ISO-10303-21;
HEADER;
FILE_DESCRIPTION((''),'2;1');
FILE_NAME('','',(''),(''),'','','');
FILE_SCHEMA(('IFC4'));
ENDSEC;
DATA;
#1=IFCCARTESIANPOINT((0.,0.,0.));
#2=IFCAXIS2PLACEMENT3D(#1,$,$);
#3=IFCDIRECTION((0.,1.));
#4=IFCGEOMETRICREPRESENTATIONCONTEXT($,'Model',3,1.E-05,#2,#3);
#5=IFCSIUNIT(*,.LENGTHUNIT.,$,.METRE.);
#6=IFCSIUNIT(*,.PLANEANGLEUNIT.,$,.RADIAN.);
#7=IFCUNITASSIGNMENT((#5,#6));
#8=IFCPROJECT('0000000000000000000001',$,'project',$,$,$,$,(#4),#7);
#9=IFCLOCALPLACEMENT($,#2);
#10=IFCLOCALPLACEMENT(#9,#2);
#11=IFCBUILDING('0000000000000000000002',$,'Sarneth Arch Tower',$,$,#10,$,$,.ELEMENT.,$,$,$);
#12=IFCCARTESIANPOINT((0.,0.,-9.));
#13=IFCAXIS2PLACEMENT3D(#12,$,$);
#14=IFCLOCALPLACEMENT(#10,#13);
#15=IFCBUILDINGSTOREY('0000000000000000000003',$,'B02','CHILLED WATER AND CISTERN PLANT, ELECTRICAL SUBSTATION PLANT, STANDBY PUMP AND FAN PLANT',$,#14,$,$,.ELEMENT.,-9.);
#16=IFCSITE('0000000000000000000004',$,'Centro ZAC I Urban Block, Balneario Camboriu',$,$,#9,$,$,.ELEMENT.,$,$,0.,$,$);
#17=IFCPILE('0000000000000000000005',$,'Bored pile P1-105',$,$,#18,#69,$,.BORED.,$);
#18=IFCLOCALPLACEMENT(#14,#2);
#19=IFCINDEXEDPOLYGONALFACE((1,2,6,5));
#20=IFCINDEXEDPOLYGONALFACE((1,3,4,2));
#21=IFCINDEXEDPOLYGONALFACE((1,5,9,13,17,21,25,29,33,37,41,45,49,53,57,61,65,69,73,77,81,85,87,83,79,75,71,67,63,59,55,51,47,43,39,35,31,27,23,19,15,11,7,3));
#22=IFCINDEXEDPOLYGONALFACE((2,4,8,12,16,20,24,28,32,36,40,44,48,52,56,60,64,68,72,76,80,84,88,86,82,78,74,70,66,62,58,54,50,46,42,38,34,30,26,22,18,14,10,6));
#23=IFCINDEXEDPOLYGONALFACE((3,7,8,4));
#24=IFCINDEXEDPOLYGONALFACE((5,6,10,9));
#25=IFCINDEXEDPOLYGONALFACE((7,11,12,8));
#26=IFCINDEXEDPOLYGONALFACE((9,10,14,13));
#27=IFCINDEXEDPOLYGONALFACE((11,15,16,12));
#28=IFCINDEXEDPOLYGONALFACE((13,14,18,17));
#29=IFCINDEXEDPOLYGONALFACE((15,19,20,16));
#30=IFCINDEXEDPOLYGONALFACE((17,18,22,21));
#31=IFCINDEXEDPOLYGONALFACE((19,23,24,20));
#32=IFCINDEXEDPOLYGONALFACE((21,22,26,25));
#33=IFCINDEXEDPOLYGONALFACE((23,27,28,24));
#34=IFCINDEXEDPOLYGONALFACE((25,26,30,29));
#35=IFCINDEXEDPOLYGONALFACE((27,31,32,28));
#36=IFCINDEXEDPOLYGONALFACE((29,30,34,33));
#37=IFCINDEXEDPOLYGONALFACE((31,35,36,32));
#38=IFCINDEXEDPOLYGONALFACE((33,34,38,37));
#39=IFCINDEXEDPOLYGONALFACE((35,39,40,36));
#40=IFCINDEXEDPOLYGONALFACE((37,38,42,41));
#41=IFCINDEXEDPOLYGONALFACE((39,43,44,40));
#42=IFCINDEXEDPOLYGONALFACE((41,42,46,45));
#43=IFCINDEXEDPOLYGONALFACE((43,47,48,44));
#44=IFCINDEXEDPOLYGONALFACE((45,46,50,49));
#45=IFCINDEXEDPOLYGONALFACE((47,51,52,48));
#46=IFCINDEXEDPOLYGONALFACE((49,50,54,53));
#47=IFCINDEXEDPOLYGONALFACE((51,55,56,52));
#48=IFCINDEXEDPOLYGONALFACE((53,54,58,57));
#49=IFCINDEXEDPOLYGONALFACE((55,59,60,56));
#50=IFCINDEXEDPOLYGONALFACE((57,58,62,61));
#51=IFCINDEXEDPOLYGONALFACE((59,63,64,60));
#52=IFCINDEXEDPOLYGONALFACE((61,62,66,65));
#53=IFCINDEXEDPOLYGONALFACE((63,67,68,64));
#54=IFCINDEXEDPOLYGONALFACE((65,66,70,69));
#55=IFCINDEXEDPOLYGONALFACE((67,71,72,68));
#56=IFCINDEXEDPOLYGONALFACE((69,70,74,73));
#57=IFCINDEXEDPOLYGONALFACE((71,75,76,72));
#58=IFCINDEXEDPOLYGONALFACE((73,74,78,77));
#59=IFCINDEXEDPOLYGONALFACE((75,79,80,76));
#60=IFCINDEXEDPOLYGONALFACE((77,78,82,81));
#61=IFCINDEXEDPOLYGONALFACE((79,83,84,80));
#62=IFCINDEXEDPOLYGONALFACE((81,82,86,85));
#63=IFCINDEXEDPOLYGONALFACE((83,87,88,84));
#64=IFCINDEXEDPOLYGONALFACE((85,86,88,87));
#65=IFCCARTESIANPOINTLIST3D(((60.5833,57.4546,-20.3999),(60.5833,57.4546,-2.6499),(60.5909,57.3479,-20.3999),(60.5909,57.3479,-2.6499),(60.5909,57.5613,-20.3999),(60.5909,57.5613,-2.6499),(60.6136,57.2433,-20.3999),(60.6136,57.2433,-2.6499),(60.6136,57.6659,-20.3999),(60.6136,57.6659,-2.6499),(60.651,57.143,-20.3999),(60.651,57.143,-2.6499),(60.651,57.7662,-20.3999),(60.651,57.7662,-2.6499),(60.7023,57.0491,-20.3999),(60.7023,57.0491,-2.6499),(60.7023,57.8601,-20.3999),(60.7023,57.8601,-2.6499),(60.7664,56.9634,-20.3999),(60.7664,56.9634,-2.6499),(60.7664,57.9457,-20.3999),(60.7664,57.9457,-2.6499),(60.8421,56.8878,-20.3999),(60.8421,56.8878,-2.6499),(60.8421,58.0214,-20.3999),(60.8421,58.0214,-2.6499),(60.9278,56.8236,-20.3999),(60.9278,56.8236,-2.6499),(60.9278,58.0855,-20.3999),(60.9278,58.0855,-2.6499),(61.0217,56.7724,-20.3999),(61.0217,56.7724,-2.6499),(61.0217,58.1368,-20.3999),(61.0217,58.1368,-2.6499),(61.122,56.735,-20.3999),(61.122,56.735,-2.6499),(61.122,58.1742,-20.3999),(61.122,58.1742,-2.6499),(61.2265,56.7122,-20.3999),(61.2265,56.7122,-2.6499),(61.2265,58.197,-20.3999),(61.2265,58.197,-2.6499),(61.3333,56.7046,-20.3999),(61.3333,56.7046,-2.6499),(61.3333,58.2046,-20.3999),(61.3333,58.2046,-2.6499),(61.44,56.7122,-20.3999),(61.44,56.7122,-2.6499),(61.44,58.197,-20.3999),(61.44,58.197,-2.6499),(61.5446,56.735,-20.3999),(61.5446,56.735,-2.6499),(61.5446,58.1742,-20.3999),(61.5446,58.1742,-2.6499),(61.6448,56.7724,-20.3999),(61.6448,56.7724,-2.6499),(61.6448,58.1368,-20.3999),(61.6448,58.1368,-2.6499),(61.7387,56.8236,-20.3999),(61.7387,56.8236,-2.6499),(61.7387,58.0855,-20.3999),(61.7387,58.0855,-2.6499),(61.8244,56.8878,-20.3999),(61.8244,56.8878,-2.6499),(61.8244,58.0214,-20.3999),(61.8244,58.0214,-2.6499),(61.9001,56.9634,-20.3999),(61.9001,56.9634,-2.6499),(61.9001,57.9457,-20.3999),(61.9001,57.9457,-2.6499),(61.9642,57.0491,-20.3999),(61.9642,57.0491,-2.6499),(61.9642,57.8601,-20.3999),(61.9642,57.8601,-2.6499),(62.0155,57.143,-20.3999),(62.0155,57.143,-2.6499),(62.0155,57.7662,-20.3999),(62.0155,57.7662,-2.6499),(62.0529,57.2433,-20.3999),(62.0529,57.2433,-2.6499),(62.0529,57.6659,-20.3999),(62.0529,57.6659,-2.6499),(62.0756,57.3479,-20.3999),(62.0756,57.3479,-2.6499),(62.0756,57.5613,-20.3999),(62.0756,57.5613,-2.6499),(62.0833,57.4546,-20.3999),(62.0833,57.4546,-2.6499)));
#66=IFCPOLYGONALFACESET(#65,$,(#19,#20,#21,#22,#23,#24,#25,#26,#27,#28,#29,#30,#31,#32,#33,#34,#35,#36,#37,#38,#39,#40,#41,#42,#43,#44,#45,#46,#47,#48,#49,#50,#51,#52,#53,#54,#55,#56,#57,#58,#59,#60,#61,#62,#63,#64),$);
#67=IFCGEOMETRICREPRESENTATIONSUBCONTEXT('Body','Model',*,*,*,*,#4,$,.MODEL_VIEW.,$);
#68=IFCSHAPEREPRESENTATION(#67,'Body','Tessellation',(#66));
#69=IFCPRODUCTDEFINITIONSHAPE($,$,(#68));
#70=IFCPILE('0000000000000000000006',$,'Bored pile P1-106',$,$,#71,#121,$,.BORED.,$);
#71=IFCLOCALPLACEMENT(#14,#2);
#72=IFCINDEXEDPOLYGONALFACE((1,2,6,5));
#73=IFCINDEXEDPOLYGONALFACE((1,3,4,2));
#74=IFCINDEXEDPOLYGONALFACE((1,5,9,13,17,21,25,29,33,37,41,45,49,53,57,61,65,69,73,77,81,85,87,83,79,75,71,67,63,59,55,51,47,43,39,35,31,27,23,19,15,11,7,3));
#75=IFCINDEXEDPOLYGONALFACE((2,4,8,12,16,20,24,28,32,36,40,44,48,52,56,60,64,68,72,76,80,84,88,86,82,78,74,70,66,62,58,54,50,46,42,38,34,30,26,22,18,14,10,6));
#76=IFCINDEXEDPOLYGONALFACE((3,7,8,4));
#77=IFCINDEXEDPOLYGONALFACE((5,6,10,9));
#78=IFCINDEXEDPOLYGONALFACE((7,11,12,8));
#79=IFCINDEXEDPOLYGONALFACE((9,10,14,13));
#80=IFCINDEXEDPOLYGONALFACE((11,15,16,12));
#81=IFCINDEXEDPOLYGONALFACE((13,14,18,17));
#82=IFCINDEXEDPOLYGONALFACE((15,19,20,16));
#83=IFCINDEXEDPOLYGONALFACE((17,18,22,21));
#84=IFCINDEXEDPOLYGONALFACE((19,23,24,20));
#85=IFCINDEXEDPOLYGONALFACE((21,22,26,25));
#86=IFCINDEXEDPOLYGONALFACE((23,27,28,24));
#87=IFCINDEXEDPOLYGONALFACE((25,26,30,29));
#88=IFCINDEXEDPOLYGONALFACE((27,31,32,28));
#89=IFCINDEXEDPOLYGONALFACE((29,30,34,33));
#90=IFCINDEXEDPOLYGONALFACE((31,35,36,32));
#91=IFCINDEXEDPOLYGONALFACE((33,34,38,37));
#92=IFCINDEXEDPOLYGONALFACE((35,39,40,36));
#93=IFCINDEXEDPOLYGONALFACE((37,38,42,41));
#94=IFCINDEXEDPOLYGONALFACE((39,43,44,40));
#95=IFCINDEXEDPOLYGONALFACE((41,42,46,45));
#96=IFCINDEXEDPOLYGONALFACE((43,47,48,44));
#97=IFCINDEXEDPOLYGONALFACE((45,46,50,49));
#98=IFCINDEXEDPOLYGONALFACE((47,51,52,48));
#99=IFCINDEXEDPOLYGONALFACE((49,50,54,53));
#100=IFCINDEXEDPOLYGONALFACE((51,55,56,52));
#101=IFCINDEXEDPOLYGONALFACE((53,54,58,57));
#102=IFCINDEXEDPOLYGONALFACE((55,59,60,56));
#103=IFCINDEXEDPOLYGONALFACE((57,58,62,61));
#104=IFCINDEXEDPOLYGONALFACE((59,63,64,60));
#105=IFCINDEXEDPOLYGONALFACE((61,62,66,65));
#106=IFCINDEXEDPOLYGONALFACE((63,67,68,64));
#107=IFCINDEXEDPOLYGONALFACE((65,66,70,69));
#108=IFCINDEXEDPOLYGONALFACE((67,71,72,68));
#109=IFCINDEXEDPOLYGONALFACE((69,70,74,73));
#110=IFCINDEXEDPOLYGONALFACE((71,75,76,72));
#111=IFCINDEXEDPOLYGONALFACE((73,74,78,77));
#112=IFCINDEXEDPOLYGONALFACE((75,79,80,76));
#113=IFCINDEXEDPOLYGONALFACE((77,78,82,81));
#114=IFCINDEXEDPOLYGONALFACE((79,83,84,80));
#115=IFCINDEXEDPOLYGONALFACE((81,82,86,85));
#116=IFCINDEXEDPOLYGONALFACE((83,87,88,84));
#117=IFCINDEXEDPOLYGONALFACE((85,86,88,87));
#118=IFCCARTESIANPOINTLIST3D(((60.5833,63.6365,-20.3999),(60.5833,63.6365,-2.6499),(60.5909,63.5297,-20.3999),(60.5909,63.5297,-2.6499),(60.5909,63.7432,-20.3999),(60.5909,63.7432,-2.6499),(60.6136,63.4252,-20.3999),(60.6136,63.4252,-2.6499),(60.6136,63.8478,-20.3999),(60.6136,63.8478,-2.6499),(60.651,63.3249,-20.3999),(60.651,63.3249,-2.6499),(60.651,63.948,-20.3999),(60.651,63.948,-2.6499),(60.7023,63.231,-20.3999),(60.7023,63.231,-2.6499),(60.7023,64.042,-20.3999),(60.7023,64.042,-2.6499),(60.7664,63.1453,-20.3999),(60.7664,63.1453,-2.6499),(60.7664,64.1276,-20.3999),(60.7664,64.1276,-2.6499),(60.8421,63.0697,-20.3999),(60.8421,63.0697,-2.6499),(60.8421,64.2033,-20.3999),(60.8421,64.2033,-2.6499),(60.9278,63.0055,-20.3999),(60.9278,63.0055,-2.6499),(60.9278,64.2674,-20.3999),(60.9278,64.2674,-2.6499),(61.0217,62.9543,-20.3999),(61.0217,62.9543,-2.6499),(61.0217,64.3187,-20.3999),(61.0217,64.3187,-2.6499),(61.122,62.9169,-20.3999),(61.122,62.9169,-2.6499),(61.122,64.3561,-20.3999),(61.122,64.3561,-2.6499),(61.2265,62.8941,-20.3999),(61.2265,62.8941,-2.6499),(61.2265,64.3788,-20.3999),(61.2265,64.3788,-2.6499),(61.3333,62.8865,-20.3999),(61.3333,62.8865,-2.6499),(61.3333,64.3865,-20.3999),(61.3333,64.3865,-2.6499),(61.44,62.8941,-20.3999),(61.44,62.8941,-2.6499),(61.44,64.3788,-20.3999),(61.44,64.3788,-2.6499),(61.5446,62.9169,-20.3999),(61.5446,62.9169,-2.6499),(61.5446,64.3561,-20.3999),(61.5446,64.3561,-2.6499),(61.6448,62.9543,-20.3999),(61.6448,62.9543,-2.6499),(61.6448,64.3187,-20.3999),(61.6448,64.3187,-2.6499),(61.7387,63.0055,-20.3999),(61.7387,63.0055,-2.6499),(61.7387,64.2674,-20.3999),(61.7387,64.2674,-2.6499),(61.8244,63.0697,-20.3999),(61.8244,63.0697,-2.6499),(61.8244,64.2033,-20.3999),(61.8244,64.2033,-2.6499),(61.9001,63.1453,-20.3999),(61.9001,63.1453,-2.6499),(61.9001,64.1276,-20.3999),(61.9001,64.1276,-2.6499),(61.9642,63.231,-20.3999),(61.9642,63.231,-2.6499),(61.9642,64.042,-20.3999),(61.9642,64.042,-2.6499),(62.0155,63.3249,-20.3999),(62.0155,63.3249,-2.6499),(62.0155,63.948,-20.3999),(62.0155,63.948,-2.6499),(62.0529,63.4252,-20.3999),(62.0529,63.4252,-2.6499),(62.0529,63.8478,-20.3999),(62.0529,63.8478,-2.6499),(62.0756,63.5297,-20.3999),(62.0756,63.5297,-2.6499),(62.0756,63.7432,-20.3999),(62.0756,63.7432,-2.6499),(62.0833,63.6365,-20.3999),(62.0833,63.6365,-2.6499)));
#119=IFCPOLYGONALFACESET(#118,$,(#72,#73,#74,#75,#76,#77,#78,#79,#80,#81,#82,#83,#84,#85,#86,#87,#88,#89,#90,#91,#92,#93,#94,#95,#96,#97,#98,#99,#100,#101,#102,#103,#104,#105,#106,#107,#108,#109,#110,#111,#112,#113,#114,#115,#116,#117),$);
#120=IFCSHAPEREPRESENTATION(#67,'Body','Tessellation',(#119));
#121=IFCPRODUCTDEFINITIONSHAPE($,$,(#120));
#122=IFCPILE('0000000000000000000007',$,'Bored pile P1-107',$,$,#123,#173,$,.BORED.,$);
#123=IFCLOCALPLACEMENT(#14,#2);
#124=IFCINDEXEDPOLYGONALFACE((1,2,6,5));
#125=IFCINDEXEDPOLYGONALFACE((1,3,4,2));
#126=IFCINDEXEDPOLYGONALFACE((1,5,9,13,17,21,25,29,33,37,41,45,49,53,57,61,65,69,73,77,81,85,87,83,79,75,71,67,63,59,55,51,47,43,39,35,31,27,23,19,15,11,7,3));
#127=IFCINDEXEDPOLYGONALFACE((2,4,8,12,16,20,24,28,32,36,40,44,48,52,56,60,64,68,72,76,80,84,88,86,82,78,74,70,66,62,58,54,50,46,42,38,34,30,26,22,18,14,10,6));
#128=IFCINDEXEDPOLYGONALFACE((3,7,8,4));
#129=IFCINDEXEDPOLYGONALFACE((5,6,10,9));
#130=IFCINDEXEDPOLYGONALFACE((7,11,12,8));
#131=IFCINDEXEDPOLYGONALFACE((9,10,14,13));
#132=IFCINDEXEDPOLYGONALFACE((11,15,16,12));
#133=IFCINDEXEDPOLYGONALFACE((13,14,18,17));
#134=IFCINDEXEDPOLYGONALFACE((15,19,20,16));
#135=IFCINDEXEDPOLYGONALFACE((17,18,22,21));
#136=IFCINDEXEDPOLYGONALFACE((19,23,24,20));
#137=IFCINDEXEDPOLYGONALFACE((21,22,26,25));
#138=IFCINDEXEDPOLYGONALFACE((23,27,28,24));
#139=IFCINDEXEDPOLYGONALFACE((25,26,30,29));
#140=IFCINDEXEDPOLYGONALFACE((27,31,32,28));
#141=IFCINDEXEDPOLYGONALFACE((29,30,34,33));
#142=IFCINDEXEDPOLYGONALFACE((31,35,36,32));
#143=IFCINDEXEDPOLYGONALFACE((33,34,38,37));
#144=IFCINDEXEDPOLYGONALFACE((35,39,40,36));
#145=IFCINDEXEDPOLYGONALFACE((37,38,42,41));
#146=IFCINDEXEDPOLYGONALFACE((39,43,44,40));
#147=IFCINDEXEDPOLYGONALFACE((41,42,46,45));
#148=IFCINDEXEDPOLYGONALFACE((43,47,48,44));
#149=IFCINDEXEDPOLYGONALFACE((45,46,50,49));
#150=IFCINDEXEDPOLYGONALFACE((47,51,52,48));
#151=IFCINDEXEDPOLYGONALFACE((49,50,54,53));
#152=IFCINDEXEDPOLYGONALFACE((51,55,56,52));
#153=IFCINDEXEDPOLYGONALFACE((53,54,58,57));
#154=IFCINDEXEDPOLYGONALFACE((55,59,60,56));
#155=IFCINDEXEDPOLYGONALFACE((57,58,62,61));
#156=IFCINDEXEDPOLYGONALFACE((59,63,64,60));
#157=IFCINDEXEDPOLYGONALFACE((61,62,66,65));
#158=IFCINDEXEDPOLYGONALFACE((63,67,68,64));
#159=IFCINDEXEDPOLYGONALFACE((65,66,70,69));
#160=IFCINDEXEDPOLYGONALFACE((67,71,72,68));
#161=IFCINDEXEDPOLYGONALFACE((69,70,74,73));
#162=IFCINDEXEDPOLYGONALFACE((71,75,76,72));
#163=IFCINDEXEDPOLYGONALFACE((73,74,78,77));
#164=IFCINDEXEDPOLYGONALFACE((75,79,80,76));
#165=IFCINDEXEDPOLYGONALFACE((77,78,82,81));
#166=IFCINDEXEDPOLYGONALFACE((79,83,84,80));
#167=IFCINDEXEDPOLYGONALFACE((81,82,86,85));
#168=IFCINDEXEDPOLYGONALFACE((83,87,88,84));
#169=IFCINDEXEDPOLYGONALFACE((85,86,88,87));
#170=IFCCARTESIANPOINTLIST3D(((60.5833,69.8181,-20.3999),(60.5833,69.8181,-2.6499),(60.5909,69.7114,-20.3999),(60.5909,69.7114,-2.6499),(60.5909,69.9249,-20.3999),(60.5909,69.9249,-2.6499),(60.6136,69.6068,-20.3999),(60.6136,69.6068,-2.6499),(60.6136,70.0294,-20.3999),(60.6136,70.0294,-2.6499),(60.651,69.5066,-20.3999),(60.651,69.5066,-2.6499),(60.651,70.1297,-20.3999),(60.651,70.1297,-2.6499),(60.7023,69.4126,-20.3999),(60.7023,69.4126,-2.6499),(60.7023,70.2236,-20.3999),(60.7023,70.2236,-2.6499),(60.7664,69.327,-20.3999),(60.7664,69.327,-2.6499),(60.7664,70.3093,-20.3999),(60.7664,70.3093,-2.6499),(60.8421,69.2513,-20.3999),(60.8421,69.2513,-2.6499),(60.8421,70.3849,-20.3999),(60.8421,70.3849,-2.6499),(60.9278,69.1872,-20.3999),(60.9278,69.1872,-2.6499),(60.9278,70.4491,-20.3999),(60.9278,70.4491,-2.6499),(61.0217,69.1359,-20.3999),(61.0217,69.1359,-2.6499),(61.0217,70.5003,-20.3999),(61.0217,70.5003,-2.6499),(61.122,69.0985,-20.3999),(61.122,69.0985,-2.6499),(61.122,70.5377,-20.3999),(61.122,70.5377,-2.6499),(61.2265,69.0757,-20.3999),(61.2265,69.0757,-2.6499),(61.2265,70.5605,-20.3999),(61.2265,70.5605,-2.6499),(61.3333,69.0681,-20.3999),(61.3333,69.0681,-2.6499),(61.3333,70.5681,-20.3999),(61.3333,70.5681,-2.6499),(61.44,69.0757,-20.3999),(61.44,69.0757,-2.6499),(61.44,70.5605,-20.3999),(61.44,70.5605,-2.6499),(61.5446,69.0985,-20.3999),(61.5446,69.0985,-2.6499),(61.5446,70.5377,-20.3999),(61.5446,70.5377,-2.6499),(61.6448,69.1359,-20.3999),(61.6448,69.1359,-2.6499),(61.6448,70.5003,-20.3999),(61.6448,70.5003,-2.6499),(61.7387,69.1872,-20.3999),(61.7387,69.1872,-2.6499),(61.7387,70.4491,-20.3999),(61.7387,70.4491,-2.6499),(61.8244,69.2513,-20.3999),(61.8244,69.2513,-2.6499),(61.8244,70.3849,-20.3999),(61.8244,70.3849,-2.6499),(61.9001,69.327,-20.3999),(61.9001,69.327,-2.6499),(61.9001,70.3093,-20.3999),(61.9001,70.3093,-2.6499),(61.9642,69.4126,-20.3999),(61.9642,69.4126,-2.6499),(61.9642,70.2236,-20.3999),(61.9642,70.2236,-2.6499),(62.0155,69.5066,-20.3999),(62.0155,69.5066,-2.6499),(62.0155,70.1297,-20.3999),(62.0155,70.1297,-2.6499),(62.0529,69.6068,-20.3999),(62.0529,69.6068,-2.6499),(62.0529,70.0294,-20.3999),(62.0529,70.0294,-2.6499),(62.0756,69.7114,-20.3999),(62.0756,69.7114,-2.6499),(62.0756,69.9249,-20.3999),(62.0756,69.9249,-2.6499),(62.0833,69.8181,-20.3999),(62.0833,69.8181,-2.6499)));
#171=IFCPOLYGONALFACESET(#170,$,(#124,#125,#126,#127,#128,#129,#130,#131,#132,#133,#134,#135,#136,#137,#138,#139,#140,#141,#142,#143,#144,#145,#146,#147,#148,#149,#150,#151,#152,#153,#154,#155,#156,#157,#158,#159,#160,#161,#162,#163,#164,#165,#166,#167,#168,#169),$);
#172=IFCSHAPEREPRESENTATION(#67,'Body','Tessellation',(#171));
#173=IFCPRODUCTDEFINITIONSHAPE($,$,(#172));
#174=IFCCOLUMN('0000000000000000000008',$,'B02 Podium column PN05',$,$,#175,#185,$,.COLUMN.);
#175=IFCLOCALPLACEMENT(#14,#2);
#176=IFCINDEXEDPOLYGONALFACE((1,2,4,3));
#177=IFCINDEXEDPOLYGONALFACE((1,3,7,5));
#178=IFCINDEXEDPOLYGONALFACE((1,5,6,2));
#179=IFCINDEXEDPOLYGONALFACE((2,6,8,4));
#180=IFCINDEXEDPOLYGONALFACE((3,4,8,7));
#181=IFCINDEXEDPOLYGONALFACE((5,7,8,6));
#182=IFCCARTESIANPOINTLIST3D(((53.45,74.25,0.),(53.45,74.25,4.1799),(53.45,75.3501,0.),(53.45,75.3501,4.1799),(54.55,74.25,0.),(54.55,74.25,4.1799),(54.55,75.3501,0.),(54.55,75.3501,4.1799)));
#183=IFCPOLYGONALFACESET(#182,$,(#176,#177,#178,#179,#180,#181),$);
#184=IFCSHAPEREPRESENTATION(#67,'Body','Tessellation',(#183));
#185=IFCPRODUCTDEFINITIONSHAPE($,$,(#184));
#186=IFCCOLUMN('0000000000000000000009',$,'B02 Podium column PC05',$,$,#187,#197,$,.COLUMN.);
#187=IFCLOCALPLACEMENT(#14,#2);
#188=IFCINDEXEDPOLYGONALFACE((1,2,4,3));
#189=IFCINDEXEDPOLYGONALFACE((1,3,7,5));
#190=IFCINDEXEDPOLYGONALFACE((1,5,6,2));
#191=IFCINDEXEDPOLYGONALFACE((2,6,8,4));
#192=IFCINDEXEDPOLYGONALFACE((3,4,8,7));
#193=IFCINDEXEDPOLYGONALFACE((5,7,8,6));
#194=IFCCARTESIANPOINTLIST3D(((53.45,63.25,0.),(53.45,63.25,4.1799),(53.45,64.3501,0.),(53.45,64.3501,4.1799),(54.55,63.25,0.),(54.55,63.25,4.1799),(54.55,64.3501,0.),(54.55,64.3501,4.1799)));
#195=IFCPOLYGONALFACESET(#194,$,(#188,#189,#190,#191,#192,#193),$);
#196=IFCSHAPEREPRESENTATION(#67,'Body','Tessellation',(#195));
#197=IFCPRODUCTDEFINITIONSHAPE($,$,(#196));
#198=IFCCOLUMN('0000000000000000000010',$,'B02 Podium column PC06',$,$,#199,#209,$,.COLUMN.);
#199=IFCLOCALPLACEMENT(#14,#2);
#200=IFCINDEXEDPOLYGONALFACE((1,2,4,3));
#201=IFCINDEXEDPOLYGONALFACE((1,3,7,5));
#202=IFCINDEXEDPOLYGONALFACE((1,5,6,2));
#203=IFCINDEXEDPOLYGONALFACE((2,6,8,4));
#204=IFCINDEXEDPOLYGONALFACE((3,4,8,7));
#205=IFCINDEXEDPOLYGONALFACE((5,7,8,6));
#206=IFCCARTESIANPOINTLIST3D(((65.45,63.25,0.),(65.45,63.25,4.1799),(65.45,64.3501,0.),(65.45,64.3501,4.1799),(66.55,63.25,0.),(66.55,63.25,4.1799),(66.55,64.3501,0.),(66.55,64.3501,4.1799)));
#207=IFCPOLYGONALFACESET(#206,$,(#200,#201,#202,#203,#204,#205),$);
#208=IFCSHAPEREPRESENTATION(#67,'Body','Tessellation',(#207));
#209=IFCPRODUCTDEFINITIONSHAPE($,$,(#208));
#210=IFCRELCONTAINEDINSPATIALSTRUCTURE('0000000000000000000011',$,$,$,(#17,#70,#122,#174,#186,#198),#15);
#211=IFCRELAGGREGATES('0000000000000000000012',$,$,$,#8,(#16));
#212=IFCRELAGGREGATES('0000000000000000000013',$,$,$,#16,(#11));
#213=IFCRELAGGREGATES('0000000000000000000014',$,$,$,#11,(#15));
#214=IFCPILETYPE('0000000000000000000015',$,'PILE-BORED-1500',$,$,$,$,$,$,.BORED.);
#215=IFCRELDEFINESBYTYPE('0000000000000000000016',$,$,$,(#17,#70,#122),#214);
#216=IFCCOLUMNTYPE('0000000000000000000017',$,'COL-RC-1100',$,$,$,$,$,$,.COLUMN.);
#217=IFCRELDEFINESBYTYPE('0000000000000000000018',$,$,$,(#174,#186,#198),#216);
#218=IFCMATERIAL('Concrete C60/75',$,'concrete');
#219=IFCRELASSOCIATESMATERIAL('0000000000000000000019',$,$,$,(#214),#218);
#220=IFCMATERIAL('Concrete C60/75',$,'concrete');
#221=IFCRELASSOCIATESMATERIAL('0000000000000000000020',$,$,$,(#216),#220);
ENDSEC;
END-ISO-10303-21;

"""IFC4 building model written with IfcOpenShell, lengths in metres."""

from ifc_helpers import new_model, si_unit, direction, frame, origin, origin_2d, place, context, subcontext, project, spatial, rectangle, circle, extrude, material, material_profile, profile_set, type_object, element, save


model = new_model("IFC4")

# Units and contexts
model_context = context("Model", 3, precision=1e-05, world=origin(), true_north=direction((0.0, 1.0)))
body_context = subcontext(model_context, "Body", "Model", "MODEL_VIEW")
ifc_project = project(units=[si_unit("LENGTHUNIT", "METRE"), si_unit("PLANEANGLEUNIT", "RADIAN")], contexts=[model_context])

# Site, building, storey
site_placement = place(None, origin())
site = spatial("IfcSite", under=ifc_project, at=site_placement, Name="Centro ZAC I Urban Block, Balneario Camboriu", CompositionType="ELEMENT", RefElevation=0.0)
building_placement = place(site_placement, origin())
building = spatial("IfcBuilding", under=site, at=building_placement, Name="Sarneth Arch Tower", CompositionType="ELEMENT")
storey_placement = place(building_placement, frame((0.0, 0.0, -9.0)))
storey = spatial("IfcBuildingStorey", under=building, at=storey_placement, Name="B02", Description="CHILLED WATER AND CISTERN PLANT, ELECTRICAL SUBSTATION PLANT, STANDBY PUMP AND FAN PLANT", CompositionType="ELEMENT", Elevation=-9.0)

# Piles
ifc_material_1 = material(Name="Concrete C60/75", Category="concrete")
ifc_material_profile_1 = material_profile(ifc_material_1, circle(Radius=0.75, at=origin_2d()), Name="PILE-D1500")
ifc_profile_set_1 = profile_set([ifc_material_profile_1], Name="Concrete C60/75")
pile_type_1 = type_object("IfcPileType", Name="PILE-BORED-1500", PredefinedType="BORED", material=ifc_profile_set_1)
for number, where, z_axis, x_axis, name in (
    (1, (61.3333, 57.4546, -2.6499), (0.0, 0.0, -1.0), (1.0, 0.0, 0.0), "Bored pile P1-105"),
    (2, (61.3333, 63.6365, -2.6499), (0.0, 0.0, -1.0), (1.0, 0.0, 0.0), "Bored pile P1-106"),
    (3, (61.3333, 69.8181, -2.6499), (0.0, 0.0, -1.0), (1.0, 0.0, 0.0), "Bored pile P1-107"),
):
    element("IfcPile", number, at=place(storey_placement, frame(where, z_axis=z_axis, x_axis=x_axis)), inside=storey, type_object=pile_type_1, Name=name, PredefinedType="BORED", context=body_context, shape_type="SweptSolid", body=[
        extrude(circle(Radius=0.75, at=origin_2d()), origin(), (0.0, 0.0, 1.0), 17.75),
    ])

# Columns
ifc_material_2 = material(Name="Concrete C60/75", Category="concrete")
ifc_material_profile_2 = material_profile(ifc_material_2, rectangle(XDim=1.1001, YDim=1.1001, at=origin_2d()), Name="RC-1100x1100")
ifc_profile_set_2 = profile_set([ifc_material_profile_2], Name="Concrete C60/75")
column_type_1 = type_object("IfcColumnType", Name="COL-RC-1100", PredefinedType="COLUMN", material=ifc_profile_set_2)
for number, where, z_axis, x_axis, name in (
    (4, (54.0, 74.8, 0.0), (0.0, 0.0, 1.0), (1.0, 0.0, 0.0), "B02 Podium column PN05"),
    (5, (54.0, 63.8, 0.0), (0.0, 0.0, 1.0), (1.0, 0.0, 0.0), "B02 Podium column PC05"),
    (6, (66.0, 63.8, 0.0), (0.0, 0.0, 1.0), (1.0, 0.0, 0.0), "B02 Podium column PC06"),
):
    element("IfcColumn", number, at=place(storey_placement, frame(where, z_axis=z_axis, x_axis=x_axis)), inside=storey, type_object=column_type_1, Name=name, PredefinedType="COLUMN", context=body_context, shape_type="SweptSolid", body=[
        extrude(rectangle(XDim=1.1001, YDim=1.1001, at=origin_2d()), origin(), (0.0, 0.0, 1.0), 4.1799),
    ])

save(model, "model.ifc")
